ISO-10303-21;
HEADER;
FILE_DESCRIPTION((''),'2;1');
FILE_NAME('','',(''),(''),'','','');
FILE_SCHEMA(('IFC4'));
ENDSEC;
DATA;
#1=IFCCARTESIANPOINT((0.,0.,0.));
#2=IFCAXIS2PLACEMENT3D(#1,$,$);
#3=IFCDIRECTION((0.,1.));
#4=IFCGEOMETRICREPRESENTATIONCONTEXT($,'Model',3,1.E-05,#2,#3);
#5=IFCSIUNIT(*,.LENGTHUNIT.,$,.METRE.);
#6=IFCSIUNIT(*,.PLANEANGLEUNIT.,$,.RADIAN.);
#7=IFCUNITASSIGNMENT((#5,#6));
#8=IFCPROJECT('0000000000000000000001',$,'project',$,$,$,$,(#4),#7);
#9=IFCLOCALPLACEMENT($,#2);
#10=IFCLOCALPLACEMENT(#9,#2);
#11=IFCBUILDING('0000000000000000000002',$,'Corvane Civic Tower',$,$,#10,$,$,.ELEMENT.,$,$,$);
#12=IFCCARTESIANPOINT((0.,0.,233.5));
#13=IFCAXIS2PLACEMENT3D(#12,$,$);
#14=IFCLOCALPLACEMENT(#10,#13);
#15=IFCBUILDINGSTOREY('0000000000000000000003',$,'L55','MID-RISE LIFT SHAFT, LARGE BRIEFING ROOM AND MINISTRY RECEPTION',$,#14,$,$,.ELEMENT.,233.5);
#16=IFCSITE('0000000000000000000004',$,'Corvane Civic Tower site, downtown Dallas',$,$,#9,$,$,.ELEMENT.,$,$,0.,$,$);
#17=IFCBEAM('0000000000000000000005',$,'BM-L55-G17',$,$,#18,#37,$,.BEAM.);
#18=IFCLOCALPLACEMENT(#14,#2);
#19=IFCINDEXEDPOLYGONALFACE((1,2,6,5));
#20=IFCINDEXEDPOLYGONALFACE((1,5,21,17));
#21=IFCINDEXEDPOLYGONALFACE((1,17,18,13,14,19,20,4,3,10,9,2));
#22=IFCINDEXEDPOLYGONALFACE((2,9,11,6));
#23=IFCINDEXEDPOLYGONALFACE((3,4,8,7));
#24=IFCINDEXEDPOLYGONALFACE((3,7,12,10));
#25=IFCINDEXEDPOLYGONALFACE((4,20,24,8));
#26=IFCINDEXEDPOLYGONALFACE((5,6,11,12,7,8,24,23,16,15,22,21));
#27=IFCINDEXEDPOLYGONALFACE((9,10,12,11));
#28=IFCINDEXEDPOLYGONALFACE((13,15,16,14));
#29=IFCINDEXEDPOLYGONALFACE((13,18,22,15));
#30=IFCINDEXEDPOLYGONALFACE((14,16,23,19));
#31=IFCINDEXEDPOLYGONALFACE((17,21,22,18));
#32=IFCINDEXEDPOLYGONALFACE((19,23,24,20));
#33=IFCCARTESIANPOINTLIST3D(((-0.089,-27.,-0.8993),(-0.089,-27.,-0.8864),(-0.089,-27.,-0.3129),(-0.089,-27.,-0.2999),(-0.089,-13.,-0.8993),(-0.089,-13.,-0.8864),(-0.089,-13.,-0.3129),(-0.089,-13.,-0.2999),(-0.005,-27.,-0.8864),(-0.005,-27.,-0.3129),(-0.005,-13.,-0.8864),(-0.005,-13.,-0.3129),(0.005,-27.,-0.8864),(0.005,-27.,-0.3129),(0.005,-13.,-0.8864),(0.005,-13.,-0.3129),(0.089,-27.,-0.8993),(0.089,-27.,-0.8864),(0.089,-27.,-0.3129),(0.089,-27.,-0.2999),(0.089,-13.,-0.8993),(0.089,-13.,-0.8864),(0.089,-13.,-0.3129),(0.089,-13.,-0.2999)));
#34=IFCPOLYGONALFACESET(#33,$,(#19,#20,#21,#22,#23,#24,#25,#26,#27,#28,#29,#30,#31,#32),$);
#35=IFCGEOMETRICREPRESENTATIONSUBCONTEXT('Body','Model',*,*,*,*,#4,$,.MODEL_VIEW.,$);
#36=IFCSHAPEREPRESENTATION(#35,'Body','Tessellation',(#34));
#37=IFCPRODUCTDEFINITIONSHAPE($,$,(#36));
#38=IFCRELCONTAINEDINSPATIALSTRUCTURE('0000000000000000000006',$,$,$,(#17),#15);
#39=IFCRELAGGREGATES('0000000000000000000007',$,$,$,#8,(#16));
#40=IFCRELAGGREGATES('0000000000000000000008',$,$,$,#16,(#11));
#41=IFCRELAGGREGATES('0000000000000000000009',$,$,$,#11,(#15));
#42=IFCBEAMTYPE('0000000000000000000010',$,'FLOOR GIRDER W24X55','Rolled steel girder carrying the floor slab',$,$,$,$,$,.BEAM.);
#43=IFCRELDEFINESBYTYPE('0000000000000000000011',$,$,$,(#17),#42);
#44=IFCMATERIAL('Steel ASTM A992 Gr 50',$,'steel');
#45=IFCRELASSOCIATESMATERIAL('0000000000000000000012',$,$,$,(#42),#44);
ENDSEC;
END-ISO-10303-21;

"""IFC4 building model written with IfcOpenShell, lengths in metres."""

from ifc_helpers import new_model, si_unit, direction, frame, origin, origin_2d, place, context, subcontext, project, spatial, i_section, extrude, material, material_profile, profile_set, type_object, element, save


model = new_model("IFC4")

# Units and contexts
model_context = context("Model", 3, precision=1e-05, world=origin(), true_north=direction((0.0, 1.0)))
body_context = subcontext(model_context, "Body", "Model", "MODEL_VIEW")
ifc_project = project(units=[si_unit("LENGTHUNIT", "METRE"), si_unit("PLANEANGLEUNIT", "RADIAN")], contexts=[model_context])

# Site, building, storey
site_placement = place(None, origin())
site = spatial("IfcSite", under=ifc_project, at=site_placement, Name="Corvane Civic Tower site, downtown Dallas", CompositionType="ELEMENT", RefElevation=0.0)
building_placement = place(site_placement, origin())
building = spatial("IfcBuilding", under=site, at=building_placement, Name="Corvane Civic Tower", CompositionType="ELEMENT")
storey_placement = place(building_placement, frame((0.0, 0.0, 233.5)))
storey = spatial("IfcBuildingStorey", under=building, at=storey_placement, Name="L55", Description="MID-RISE LIFT SHAFT, LARGE BRIEFING ROOM AND MINISTRY RECEPTION", CompositionType="ELEMENT", Elevation=233.5)

# Beam
ifc_material_1 = material(Name="Steel ASTM A992 Gr 50", Category="steel")
ifc_material_profile = material_profile(ifc_material_1, i_section(OverallWidth=0.178, OverallDepth=0.5994, WebThickness=0.01, FlangeThickness=0.0129, at=origin_2d()), Name="W24X55")
ifc_profile_set = profile_set([ifc_material_profile], Name="Steel ASTM A992 Gr 50")
beam_type = type_object("IfcBeamType", Name="FLOOR GIRDER W24X55", Description="Rolled steel girder carrying the floor slab", PredefinedType="BEAM", material=ifc_profile_set)
beam_placement = place(storey_placement, frame((0.0, -13.0, -0.5996), z_axis=(0.0, -1.0, 0.0), x_axis=(1.0, 0.0, 0.0)))
element("IfcBeam", 1, at=beam_placement, inside=storey, type_object=beam_type, Name="BM-L55-G17", PredefinedType="BEAM", context=body_context, shape_type="SweptSolid", body=[
    extrude(i_section(OverallWidth=0.178, OverallDepth=0.5994, WebThickness=0.01, FlangeThickness=0.0129, at=origin_2d()), origin(), (0.0, 0.0, 1.0), 14.0),
])

save(model, "model.ifc")
